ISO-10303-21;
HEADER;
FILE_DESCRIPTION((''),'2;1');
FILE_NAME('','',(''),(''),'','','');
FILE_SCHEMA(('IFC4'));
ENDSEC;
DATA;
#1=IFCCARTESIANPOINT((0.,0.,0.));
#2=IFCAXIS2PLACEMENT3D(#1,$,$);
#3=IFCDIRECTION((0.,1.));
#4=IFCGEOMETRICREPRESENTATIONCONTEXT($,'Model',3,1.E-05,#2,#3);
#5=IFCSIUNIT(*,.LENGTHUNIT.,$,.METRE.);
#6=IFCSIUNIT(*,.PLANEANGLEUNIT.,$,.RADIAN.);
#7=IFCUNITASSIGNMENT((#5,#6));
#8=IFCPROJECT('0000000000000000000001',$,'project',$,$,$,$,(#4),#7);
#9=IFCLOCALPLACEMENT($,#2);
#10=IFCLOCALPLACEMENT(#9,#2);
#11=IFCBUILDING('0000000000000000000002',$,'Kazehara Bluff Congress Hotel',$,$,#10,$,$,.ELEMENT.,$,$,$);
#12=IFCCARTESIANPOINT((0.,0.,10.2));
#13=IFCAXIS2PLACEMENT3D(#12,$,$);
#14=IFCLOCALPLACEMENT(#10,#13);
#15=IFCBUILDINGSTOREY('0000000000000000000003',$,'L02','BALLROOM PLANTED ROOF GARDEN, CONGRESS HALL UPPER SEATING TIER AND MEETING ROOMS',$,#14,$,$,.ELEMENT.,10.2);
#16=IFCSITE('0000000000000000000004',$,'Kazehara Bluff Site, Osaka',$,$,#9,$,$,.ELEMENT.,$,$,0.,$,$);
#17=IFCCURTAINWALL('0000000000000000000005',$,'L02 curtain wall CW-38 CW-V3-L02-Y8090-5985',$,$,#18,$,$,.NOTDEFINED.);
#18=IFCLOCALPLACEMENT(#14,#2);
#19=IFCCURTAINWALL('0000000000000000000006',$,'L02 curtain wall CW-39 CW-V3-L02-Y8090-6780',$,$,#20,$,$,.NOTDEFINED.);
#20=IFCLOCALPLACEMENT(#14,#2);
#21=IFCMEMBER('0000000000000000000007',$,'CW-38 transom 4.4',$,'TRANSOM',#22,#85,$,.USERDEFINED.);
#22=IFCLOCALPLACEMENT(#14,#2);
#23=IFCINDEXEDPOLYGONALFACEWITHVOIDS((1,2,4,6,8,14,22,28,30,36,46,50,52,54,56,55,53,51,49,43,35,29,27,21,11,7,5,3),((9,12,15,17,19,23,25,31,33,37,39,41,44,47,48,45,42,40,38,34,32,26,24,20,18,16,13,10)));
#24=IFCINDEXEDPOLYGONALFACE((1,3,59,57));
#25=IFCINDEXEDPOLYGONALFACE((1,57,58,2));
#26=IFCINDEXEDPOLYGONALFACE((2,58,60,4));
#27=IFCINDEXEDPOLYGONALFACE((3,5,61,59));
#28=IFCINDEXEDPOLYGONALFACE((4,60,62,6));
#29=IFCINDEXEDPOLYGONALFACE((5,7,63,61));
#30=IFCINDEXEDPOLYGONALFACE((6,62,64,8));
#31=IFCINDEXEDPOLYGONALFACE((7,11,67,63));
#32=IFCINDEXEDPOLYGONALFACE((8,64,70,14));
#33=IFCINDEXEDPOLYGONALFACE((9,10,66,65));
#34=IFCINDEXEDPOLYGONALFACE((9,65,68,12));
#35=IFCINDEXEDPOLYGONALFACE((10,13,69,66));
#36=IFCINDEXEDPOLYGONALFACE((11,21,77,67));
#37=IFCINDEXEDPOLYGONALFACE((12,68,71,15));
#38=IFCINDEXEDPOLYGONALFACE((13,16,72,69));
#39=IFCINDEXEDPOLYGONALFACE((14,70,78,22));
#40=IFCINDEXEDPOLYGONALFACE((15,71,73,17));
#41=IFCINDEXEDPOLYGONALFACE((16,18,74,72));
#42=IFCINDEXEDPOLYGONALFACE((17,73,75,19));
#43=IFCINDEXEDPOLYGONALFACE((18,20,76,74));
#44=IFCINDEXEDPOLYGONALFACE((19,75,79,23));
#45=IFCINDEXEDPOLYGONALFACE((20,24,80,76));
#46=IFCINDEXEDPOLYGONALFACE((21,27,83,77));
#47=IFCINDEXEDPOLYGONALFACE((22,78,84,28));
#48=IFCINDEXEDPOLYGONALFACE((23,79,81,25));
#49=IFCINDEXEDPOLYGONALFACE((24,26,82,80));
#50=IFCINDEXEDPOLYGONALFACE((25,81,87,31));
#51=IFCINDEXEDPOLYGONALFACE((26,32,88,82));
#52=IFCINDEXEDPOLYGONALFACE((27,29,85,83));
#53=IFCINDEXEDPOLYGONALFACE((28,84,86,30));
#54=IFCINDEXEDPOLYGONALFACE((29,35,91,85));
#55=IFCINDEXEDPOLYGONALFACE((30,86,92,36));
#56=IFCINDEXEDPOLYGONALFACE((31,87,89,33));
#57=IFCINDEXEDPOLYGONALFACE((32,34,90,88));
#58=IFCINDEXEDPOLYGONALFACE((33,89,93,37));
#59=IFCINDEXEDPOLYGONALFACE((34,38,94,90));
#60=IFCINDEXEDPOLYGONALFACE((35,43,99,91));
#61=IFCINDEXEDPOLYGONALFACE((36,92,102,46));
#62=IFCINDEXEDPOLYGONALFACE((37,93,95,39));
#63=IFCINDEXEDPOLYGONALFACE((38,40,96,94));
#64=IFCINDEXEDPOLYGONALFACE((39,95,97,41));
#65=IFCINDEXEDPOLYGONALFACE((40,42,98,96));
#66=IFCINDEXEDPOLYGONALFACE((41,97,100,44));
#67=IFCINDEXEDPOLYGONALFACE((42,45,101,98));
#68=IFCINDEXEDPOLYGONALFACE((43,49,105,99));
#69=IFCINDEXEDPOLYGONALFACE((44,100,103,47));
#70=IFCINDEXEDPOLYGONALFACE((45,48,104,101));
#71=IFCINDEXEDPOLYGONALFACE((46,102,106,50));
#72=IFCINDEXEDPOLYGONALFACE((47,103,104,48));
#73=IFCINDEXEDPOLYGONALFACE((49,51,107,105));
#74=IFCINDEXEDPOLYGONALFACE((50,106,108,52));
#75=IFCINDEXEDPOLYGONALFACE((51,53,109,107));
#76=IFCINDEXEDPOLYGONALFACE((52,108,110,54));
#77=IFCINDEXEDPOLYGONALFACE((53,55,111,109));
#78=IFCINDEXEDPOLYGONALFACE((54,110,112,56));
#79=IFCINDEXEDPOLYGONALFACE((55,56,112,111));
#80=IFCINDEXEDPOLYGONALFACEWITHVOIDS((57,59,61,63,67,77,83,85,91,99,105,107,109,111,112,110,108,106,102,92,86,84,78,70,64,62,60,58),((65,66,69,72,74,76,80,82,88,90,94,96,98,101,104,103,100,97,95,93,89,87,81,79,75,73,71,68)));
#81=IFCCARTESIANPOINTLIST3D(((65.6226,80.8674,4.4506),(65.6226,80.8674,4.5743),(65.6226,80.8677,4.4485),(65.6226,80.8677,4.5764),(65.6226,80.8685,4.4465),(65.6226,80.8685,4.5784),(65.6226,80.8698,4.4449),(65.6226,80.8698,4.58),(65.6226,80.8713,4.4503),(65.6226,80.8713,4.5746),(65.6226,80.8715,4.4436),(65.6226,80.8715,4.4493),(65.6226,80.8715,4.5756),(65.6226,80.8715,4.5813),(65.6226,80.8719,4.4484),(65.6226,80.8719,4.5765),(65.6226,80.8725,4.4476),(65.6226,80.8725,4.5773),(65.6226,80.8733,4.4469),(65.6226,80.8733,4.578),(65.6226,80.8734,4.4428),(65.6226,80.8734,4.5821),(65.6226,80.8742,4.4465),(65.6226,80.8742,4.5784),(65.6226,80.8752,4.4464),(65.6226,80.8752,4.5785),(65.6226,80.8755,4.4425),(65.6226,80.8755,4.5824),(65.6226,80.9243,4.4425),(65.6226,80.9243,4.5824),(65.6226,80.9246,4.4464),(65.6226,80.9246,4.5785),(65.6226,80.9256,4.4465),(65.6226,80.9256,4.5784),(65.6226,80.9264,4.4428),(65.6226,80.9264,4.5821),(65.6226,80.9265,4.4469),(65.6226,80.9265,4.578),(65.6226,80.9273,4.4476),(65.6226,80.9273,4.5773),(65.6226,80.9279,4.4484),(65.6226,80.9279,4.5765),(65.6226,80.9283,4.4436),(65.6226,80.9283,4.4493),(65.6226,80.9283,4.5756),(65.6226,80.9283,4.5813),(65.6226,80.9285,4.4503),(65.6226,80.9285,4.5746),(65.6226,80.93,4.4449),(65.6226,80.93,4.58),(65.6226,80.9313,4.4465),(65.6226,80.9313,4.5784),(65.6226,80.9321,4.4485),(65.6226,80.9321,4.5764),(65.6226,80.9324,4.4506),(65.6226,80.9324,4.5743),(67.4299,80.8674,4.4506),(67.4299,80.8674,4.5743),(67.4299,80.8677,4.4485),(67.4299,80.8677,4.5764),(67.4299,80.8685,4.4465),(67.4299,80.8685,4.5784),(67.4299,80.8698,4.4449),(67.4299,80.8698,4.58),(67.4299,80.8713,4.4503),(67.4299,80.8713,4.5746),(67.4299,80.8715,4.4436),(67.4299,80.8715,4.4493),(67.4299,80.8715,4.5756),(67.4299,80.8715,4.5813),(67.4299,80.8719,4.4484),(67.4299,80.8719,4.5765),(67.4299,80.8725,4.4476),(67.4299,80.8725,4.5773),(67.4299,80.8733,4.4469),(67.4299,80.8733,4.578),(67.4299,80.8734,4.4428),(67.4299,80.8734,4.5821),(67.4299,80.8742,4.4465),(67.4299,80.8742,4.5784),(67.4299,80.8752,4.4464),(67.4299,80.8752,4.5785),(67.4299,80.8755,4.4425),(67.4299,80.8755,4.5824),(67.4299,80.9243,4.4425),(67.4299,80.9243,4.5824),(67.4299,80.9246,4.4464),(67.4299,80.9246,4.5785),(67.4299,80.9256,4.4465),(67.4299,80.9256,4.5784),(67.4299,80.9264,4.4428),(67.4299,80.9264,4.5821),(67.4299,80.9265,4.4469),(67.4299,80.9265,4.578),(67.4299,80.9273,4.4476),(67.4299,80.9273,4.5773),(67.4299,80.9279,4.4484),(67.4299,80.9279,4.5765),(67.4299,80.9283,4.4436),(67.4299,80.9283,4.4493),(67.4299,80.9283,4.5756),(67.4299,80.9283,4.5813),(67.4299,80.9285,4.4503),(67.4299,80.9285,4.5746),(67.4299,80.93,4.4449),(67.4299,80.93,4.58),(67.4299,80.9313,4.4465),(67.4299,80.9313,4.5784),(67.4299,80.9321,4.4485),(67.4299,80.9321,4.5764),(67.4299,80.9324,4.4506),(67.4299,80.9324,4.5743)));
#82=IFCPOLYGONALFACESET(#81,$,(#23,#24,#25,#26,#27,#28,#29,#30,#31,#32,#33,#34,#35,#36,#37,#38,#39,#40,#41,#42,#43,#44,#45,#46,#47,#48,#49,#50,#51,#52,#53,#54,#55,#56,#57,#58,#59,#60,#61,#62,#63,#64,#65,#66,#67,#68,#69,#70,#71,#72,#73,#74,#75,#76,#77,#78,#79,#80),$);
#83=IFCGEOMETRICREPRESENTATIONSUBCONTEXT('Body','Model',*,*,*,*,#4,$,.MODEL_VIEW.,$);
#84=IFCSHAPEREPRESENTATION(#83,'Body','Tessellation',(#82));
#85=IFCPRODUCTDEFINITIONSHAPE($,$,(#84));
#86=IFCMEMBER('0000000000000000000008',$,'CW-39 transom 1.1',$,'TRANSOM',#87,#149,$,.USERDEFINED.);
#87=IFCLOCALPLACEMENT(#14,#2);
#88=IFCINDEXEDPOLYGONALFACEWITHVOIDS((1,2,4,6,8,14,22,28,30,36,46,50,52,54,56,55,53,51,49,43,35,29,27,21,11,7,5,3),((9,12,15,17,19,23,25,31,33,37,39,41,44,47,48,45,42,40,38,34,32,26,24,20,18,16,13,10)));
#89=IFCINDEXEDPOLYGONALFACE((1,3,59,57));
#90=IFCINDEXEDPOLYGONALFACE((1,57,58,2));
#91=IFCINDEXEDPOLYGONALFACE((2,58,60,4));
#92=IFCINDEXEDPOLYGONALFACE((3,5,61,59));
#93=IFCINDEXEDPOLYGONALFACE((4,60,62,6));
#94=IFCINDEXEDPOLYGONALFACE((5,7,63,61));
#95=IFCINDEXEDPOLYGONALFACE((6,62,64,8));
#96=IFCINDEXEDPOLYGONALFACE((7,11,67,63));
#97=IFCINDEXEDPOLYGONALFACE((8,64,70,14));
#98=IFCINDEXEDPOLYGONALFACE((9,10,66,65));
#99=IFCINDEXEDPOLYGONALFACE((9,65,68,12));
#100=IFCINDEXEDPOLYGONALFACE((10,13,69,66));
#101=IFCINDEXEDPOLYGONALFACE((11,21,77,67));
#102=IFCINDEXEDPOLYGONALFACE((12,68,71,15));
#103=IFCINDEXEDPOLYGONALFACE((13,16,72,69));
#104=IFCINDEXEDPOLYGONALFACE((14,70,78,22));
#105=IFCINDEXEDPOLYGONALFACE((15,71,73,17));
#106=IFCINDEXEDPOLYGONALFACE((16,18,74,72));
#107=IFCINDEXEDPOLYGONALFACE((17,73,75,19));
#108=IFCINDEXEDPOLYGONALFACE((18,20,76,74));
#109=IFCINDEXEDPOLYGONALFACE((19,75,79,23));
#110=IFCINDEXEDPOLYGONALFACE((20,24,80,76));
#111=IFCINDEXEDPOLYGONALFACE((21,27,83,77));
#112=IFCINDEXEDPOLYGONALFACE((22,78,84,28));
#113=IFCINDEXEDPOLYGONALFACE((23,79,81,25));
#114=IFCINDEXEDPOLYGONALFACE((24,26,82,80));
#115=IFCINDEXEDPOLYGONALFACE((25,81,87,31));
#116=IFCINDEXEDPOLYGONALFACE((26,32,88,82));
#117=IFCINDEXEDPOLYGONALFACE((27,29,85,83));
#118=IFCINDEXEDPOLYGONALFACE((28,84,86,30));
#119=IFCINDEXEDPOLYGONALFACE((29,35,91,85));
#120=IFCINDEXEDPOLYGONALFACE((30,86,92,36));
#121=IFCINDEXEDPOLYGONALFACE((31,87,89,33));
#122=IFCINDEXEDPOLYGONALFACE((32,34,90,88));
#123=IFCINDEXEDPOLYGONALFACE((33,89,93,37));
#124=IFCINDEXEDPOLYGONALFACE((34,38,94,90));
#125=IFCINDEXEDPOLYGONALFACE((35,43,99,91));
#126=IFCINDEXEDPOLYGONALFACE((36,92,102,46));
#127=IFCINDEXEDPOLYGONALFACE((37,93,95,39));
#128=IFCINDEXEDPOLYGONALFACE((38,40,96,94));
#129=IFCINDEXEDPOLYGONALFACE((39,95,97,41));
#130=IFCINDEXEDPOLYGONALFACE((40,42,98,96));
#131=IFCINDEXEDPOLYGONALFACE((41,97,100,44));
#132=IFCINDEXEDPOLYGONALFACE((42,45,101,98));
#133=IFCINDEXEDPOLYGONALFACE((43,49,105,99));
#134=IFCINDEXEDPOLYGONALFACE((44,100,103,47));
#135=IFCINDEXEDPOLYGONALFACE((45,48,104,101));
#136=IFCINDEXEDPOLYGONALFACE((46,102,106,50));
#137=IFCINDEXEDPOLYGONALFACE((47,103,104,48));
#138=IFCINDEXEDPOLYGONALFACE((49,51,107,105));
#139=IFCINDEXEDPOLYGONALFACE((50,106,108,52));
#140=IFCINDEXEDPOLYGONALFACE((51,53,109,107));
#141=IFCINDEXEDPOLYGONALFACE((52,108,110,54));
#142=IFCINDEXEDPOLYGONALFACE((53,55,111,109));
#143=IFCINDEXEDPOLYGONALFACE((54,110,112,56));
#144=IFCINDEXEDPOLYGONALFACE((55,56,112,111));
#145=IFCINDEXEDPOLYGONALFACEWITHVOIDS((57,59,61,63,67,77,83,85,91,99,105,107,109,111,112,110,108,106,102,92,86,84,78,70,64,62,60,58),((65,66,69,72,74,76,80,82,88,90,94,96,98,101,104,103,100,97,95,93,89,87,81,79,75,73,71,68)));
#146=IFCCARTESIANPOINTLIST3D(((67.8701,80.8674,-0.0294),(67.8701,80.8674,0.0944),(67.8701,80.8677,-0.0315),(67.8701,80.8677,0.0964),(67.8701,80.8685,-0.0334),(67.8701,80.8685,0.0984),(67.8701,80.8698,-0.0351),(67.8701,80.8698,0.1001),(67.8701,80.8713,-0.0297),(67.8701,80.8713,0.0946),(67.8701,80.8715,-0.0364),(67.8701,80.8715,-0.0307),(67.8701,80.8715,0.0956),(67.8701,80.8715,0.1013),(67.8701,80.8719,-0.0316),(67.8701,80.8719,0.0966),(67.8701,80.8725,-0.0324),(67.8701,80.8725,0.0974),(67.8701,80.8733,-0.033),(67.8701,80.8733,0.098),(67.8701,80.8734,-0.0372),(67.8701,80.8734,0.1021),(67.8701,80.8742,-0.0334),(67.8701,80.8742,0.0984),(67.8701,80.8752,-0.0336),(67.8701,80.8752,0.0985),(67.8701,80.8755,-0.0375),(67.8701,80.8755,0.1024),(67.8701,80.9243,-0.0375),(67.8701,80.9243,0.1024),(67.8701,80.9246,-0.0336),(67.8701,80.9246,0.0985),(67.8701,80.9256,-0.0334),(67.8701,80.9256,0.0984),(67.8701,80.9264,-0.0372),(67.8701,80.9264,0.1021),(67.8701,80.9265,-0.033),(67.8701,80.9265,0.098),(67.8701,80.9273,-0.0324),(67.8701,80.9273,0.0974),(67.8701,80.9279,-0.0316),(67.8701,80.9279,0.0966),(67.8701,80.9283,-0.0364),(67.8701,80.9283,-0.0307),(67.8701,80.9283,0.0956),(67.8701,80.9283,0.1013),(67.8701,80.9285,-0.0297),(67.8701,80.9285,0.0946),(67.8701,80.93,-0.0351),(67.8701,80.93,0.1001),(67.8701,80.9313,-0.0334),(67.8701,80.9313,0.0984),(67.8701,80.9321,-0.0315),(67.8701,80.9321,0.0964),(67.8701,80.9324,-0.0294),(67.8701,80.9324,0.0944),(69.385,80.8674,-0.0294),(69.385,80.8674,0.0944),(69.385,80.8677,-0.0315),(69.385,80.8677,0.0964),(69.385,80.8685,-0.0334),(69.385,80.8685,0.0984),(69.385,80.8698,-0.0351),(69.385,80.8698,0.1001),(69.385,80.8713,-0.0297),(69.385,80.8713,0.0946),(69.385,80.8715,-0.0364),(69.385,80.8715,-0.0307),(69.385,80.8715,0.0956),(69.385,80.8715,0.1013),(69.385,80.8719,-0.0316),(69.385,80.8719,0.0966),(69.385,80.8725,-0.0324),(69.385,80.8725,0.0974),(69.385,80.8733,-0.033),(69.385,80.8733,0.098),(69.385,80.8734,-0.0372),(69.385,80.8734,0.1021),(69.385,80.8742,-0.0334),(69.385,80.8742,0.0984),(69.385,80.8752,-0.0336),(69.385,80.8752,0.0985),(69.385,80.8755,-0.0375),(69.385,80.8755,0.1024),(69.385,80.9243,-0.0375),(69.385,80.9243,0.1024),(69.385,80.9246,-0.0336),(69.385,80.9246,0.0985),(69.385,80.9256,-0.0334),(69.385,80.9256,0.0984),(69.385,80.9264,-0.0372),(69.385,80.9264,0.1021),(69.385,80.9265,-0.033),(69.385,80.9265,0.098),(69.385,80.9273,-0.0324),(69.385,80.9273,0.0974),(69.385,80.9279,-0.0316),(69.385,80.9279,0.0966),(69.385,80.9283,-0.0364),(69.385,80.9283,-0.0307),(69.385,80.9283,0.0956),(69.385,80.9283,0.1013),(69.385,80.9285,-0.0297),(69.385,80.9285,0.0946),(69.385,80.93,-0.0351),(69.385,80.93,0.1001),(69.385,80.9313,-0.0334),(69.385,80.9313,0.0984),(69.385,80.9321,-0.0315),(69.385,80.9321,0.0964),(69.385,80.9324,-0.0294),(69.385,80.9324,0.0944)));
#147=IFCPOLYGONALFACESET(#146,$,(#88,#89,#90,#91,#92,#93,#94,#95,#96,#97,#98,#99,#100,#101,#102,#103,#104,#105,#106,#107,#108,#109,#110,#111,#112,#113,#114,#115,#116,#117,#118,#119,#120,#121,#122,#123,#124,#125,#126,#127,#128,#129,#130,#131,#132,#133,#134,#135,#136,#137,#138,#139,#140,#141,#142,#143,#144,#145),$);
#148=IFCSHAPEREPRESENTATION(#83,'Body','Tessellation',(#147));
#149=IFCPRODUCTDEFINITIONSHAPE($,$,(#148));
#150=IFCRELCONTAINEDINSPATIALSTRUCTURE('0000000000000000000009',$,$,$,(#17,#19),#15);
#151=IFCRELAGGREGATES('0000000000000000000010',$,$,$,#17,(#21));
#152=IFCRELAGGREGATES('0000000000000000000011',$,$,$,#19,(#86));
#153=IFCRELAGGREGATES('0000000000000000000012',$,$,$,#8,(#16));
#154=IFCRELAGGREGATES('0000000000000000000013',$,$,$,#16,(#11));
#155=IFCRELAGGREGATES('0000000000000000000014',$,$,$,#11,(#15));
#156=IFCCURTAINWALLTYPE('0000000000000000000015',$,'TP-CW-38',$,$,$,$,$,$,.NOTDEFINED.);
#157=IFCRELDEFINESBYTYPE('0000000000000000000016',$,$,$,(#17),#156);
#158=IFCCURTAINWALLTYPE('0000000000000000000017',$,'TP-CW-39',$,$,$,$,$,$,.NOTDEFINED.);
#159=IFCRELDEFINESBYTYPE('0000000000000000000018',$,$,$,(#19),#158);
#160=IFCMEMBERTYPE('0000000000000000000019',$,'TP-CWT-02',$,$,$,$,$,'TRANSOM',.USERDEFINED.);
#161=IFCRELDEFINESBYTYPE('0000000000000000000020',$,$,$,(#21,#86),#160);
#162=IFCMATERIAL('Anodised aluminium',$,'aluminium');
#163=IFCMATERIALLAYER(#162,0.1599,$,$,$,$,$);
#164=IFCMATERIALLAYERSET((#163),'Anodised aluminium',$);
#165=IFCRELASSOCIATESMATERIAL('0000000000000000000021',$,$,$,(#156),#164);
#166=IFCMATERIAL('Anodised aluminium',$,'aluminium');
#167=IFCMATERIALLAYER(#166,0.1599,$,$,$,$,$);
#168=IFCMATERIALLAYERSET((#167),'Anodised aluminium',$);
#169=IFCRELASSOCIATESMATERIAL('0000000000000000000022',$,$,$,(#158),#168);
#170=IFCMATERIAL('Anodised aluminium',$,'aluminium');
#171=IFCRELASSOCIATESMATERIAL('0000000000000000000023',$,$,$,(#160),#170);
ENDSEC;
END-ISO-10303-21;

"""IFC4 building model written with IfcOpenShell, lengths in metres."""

from ifc_helpers import new_model, si_unit, direction, frame, origin, origin_2d, place, context, subcontext, project, spatial, hollow_rectangle, extrude, material, layer, layer_set, material_profile, profile_set, type_object, element, aggregate, save


model = new_model("IFC4")

# Units and contexts
model_context = context("Model", 3, precision=1e-05, world=origin(), true_north=direction((0.0, 1.0)))
body_context = subcontext(model_context, "Body", "Model", "MODEL_VIEW")
ifc_project = project(units=[si_unit("LENGTHUNIT", "METRE"), si_unit("PLANEANGLEUNIT", "RADIAN")], contexts=[model_context])

# Site, building, storey
site_placement = place(None, origin())
site = spatial("IfcSite", under=ifc_project, at=site_placement, Name="Kazehara Bluff Site, Osaka", CompositionType="ELEMENT", RefElevation=0.0)
building_placement = place(site_placement, origin())
building = spatial("IfcBuilding", under=site, at=building_placement, Name="Kazehara Bluff Congress Hotel", CompositionType="ELEMENT")
storey_placement = place(building_placement, frame((0.0, 0.0, 10.2)))
storey = spatial("IfcBuildingStorey", under=building, at=storey_placement, Name="L02", Description="BALLROOM PLANTED ROOF GARDEN, CONGRESS HALL UPPER SEATING TIER AND MEETING ROOMS", CompositionType="ELEMENT", Elevation=10.2)

# Curtain walls
ifc_material_1 = material(Name="Anodised aluminium", Category="aluminium")
ifc_layer_1 = layer(ifc_material_1, 0.1599)
ifc_layer_set_1 = layer_set([ifc_layer_1], Name="Anodised aluminium")
curtain_wall_type_1 = type_object("IfcCurtainWallType", Name="TP-CW-38", PredefinedType="NOTDEFINED", material=ifc_layer_set_1)
curtain_wall_1_placement = place(storey_placement, origin())
curtain_wall_1 = element("IfcCurtainWall", 1, at=curtain_wall_1_placement, inside=storey, type_object=curtain_wall_type_1, Name="L02 curtain wall CW-38 CW-V3-L02-Y8090-5985", PredefinedType="NOTDEFINED")
ifc_material_2 = material(Name="Anodised aluminium", Category="aluminium")
ifc_layer_2 = layer(ifc_material_2, 0.1599)
ifc_layer_set_2 = layer_set([ifc_layer_2], Name="Anodised aluminium")
curtain_wall_type_2 = type_object("IfcCurtainWallType", Name="TP-CW-39", PredefinedType="NOTDEFINED", material=ifc_layer_set_2)
curtain_wall_2_placement = place(storey_placement, origin())
curtain_wall_2 = element("IfcCurtainWall", 2, at=curtain_wall_2_placement, inside=storey, type_object=curtain_wall_type_2, Name="L02 curtain wall CW-39 CW-V3-L02-Y8090-6780", PredefinedType="NOTDEFINED")

# Members
ifc_material_3 = material(Name="Anodised aluminium", Category="aluminium")
ifc_material_profile_1 = material_profile(ifc_material_3, hollow_rectangle(XDim=0.0649, YDim=0.1399, WallThickness=0.0039, InnerFilletRadius=0.0039, OuterFilletRadius=0.0081, at=origin_2d()))
ifc_profile_set_1 = profile_set([ifc_material_profile_1], Name="Anodised aluminium")
member_type_1 = type_object("IfcMemberType", Name="TP-CWT-02", ElementType="TRANSOM", PredefinedType="USERDEFINED", material=ifc_profile_set_1)
member_1_placement = place(storey_placement, frame((65.6226, 80.8999, 4.5125), z_axis=(1.0, 0.0, 0.0), x_axis=(0.0, 1.0, 0.0)))
member_1 = element("IfcMember", 3, at=member_1_placement, type_object=member_type_1, Name="CW-38 transom 4.4", ObjectType="TRANSOM", PredefinedType="USERDEFINED", context=body_context, shape_type="SweptSolid", body=[
    extrude(hollow_rectangle(XDim=0.0649, YDim=0.1399, WallThickness=0.0039, InnerFilletRadius=0.0039, OuterFilletRadius=0.0081, at=origin_2d()), origin(), (0.0, 0.0, 1.0), 1.8074),
])
member_2_placement = place(storey_placement, frame((67.8701, 80.8999, 0.0325), z_axis=(1.0, 0.0, 0.0), x_axis=(0.0, 1.0, 0.0)))
member_2 = element("IfcMember", 4, at=member_2_placement, type_object=member_type_1, Name="CW-39 transom 1.1", ObjectType="TRANSOM", PredefinedType="USERDEFINED", context=body_context, shape_type="SweptSolid", body=[
    extrude(hollow_rectangle(XDim=0.0649, YDim=0.1399, WallThickness=0.0039, InnerFilletRadius=0.0039, OuterFilletRadius=0.0081, at=origin_2d()), origin(), (0.0, 0.0, 1.0), 1.5149),
])

aggregate(curtain_wall_1, [member_1])
aggregate(curtain_wall_2, [member_2])

save(model, "model.ifc")
